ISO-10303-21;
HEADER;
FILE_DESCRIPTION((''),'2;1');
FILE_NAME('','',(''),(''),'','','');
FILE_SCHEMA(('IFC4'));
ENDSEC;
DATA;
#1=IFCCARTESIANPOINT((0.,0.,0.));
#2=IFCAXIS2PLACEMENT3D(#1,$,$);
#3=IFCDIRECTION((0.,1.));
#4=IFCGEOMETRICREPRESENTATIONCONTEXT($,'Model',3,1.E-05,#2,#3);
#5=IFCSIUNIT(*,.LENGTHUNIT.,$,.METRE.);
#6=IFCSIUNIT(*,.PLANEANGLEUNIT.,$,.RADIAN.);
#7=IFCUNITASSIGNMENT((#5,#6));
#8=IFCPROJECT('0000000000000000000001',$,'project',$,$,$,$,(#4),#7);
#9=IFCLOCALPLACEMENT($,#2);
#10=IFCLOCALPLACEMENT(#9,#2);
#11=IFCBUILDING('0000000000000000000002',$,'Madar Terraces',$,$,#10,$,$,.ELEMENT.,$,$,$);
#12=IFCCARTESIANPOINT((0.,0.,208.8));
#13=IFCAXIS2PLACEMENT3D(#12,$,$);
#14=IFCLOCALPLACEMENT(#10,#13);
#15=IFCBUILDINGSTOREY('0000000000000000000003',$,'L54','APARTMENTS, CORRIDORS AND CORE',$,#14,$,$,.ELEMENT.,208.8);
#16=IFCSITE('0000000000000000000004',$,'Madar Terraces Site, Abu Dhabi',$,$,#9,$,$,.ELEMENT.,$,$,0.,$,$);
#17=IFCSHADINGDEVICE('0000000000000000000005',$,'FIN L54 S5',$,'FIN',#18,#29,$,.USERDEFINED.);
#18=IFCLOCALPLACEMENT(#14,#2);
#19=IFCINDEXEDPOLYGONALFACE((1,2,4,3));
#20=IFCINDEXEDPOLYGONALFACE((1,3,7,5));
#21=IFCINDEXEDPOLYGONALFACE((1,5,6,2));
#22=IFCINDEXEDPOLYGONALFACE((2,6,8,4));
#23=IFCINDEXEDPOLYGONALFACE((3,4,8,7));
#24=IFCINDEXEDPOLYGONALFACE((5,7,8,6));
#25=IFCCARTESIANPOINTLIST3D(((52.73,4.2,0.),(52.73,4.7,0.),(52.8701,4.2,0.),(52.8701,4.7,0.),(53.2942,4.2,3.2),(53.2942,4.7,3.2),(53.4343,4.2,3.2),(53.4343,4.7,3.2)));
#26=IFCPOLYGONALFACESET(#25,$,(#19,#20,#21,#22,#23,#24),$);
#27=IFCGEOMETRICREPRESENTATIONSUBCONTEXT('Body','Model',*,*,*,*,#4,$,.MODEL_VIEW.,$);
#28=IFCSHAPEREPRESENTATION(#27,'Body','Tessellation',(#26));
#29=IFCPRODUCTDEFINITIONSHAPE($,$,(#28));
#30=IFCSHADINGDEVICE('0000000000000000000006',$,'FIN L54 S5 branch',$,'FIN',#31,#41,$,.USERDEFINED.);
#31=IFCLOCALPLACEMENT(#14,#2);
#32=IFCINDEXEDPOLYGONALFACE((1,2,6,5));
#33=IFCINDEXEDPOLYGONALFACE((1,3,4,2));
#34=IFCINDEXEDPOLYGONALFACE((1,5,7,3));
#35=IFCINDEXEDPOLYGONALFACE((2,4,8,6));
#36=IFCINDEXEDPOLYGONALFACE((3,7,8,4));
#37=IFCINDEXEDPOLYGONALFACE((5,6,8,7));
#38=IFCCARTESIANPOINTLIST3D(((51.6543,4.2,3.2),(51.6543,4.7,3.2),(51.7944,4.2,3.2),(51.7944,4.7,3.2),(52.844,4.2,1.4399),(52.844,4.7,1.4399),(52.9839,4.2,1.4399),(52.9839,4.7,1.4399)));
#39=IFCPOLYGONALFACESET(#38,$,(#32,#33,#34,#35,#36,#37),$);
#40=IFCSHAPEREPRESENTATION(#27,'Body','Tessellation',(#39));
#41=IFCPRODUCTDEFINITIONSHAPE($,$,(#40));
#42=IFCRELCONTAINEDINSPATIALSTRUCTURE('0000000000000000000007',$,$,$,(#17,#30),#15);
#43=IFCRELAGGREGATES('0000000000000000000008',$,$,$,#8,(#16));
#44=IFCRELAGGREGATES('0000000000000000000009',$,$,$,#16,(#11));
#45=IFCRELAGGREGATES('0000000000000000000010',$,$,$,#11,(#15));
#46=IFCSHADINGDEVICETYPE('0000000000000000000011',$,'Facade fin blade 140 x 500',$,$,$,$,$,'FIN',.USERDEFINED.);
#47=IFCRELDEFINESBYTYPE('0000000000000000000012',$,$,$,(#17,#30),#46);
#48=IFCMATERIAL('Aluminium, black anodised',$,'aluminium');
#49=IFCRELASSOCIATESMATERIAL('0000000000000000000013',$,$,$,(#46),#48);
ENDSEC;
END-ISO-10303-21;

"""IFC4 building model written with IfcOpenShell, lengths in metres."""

from ifc_helpers import new_model, si_unit, direction, frame, origin, place, context, subcontext, project, spatial, polyline, outline, extrude, material, type_object, element, save


model = new_model("IFC4")

# Units and contexts
model_context = context("Model", 3, precision=1e-05, world=origin(), true_north=direction((0.0, 1.0)))
body_context = subcontext(model_context, "Body", "Model", "MODEL_VIEW")
ifc_project = project(units=[si_unit("LENGTHUNIT", "METRE"), si_unit("PLANEANGLEUNIT", "RADIAN")], contexts=[model_context])

# Site, building, storey
site_placement = place(None, origin())
site = spatial("IfcSite", under=ifc_project, at=site_placement, Name="Madar Terraces Site, Abu Dhabi", CompositionType="ELEMENT", RefElevation=0.0)
building_placement = place(site_placement, origin())
building = spatial("IfcBuilding", under=site, at=building_placement, Name="Madar Terraces", CompositionType="ELEMENT")
storey_placement = place(building_placement, frame((0.0, 0.0, 208.8)))
storey = spatial("IfcBuildingStorey", under=building, at=storey_placement, Name="L54", Description="APARTMENTS, CORRIDORS AND CORE", CompositionType="ELEMENT", Elevation=208.8)

# Shading devices
ifc_material_1 = material(Name="Aluminium, black anodised", Category="aluminium")
shading_device_type = type_object("IfcShadingDeviceType", Name="Facade fin blade 140 x 500", ElementType="FIN", PredefinedType="USERDEFINED", material=ifc_material_1)
shading_device_1_placement = place(storey_placement, frame((52.73, 4.45, 0.0), z_axis=(0.0, 0.0, 1.0), x_axis=(1.0, 0.0, 0.0)))
element("IfcShadingDevice", 1, at=shading_device_1_placement, inside=storey, type_object=shading_device_type, Name="FIN L54 S5", ObjectType="FIN", PredefinedType="USERDEFINED", context=body_context, shape_type="SweptSolid", body=[
    extrude(outline(polyline([(0.0, 0.0), (0.1401, 0.0), (0.7043, 3.2), (0.5642, 3.2), (0.0, 0.0)])), frame((0.0, 0.25, 0.0), z_axis=(0.0, -1.0, 0.0), x_axis=(1.0, 0.0, 0.0)), (0.0, 0.0, 1.0), 0.5),
])
shading_device_2_placement = place(storey_placement, frame((52.844, 4.45, 1.4399), z_axis=(0.0, 0.0, 1.0), x_axis=(1.0, 0.0, 0.0)))
element("IfcShadingDevice", 2, at=shading_device_2_placement, inside=storey, type_object=shading_device_type, Name="FIN L54 S5 branch", ObjectType="FIN", PredefinedType="USERDEFINED", context=body_context, shape_type="SweptSolid", body=[
    extrude(outline(polyline([(0.0, 0.0), (0.1399, 0.0), (-1.0496, 1.76), (-1.1897, 1.76), (0.0, 0.0)])), frame((0.0, 0.25, 0.0), z_axis=(0.0, -1.0, 0.0), x_axis=(1.0, 0.0, 0.0)), (0.0, 0.0, 1.0), 0.5),
])

save(model, "model.ifc")
